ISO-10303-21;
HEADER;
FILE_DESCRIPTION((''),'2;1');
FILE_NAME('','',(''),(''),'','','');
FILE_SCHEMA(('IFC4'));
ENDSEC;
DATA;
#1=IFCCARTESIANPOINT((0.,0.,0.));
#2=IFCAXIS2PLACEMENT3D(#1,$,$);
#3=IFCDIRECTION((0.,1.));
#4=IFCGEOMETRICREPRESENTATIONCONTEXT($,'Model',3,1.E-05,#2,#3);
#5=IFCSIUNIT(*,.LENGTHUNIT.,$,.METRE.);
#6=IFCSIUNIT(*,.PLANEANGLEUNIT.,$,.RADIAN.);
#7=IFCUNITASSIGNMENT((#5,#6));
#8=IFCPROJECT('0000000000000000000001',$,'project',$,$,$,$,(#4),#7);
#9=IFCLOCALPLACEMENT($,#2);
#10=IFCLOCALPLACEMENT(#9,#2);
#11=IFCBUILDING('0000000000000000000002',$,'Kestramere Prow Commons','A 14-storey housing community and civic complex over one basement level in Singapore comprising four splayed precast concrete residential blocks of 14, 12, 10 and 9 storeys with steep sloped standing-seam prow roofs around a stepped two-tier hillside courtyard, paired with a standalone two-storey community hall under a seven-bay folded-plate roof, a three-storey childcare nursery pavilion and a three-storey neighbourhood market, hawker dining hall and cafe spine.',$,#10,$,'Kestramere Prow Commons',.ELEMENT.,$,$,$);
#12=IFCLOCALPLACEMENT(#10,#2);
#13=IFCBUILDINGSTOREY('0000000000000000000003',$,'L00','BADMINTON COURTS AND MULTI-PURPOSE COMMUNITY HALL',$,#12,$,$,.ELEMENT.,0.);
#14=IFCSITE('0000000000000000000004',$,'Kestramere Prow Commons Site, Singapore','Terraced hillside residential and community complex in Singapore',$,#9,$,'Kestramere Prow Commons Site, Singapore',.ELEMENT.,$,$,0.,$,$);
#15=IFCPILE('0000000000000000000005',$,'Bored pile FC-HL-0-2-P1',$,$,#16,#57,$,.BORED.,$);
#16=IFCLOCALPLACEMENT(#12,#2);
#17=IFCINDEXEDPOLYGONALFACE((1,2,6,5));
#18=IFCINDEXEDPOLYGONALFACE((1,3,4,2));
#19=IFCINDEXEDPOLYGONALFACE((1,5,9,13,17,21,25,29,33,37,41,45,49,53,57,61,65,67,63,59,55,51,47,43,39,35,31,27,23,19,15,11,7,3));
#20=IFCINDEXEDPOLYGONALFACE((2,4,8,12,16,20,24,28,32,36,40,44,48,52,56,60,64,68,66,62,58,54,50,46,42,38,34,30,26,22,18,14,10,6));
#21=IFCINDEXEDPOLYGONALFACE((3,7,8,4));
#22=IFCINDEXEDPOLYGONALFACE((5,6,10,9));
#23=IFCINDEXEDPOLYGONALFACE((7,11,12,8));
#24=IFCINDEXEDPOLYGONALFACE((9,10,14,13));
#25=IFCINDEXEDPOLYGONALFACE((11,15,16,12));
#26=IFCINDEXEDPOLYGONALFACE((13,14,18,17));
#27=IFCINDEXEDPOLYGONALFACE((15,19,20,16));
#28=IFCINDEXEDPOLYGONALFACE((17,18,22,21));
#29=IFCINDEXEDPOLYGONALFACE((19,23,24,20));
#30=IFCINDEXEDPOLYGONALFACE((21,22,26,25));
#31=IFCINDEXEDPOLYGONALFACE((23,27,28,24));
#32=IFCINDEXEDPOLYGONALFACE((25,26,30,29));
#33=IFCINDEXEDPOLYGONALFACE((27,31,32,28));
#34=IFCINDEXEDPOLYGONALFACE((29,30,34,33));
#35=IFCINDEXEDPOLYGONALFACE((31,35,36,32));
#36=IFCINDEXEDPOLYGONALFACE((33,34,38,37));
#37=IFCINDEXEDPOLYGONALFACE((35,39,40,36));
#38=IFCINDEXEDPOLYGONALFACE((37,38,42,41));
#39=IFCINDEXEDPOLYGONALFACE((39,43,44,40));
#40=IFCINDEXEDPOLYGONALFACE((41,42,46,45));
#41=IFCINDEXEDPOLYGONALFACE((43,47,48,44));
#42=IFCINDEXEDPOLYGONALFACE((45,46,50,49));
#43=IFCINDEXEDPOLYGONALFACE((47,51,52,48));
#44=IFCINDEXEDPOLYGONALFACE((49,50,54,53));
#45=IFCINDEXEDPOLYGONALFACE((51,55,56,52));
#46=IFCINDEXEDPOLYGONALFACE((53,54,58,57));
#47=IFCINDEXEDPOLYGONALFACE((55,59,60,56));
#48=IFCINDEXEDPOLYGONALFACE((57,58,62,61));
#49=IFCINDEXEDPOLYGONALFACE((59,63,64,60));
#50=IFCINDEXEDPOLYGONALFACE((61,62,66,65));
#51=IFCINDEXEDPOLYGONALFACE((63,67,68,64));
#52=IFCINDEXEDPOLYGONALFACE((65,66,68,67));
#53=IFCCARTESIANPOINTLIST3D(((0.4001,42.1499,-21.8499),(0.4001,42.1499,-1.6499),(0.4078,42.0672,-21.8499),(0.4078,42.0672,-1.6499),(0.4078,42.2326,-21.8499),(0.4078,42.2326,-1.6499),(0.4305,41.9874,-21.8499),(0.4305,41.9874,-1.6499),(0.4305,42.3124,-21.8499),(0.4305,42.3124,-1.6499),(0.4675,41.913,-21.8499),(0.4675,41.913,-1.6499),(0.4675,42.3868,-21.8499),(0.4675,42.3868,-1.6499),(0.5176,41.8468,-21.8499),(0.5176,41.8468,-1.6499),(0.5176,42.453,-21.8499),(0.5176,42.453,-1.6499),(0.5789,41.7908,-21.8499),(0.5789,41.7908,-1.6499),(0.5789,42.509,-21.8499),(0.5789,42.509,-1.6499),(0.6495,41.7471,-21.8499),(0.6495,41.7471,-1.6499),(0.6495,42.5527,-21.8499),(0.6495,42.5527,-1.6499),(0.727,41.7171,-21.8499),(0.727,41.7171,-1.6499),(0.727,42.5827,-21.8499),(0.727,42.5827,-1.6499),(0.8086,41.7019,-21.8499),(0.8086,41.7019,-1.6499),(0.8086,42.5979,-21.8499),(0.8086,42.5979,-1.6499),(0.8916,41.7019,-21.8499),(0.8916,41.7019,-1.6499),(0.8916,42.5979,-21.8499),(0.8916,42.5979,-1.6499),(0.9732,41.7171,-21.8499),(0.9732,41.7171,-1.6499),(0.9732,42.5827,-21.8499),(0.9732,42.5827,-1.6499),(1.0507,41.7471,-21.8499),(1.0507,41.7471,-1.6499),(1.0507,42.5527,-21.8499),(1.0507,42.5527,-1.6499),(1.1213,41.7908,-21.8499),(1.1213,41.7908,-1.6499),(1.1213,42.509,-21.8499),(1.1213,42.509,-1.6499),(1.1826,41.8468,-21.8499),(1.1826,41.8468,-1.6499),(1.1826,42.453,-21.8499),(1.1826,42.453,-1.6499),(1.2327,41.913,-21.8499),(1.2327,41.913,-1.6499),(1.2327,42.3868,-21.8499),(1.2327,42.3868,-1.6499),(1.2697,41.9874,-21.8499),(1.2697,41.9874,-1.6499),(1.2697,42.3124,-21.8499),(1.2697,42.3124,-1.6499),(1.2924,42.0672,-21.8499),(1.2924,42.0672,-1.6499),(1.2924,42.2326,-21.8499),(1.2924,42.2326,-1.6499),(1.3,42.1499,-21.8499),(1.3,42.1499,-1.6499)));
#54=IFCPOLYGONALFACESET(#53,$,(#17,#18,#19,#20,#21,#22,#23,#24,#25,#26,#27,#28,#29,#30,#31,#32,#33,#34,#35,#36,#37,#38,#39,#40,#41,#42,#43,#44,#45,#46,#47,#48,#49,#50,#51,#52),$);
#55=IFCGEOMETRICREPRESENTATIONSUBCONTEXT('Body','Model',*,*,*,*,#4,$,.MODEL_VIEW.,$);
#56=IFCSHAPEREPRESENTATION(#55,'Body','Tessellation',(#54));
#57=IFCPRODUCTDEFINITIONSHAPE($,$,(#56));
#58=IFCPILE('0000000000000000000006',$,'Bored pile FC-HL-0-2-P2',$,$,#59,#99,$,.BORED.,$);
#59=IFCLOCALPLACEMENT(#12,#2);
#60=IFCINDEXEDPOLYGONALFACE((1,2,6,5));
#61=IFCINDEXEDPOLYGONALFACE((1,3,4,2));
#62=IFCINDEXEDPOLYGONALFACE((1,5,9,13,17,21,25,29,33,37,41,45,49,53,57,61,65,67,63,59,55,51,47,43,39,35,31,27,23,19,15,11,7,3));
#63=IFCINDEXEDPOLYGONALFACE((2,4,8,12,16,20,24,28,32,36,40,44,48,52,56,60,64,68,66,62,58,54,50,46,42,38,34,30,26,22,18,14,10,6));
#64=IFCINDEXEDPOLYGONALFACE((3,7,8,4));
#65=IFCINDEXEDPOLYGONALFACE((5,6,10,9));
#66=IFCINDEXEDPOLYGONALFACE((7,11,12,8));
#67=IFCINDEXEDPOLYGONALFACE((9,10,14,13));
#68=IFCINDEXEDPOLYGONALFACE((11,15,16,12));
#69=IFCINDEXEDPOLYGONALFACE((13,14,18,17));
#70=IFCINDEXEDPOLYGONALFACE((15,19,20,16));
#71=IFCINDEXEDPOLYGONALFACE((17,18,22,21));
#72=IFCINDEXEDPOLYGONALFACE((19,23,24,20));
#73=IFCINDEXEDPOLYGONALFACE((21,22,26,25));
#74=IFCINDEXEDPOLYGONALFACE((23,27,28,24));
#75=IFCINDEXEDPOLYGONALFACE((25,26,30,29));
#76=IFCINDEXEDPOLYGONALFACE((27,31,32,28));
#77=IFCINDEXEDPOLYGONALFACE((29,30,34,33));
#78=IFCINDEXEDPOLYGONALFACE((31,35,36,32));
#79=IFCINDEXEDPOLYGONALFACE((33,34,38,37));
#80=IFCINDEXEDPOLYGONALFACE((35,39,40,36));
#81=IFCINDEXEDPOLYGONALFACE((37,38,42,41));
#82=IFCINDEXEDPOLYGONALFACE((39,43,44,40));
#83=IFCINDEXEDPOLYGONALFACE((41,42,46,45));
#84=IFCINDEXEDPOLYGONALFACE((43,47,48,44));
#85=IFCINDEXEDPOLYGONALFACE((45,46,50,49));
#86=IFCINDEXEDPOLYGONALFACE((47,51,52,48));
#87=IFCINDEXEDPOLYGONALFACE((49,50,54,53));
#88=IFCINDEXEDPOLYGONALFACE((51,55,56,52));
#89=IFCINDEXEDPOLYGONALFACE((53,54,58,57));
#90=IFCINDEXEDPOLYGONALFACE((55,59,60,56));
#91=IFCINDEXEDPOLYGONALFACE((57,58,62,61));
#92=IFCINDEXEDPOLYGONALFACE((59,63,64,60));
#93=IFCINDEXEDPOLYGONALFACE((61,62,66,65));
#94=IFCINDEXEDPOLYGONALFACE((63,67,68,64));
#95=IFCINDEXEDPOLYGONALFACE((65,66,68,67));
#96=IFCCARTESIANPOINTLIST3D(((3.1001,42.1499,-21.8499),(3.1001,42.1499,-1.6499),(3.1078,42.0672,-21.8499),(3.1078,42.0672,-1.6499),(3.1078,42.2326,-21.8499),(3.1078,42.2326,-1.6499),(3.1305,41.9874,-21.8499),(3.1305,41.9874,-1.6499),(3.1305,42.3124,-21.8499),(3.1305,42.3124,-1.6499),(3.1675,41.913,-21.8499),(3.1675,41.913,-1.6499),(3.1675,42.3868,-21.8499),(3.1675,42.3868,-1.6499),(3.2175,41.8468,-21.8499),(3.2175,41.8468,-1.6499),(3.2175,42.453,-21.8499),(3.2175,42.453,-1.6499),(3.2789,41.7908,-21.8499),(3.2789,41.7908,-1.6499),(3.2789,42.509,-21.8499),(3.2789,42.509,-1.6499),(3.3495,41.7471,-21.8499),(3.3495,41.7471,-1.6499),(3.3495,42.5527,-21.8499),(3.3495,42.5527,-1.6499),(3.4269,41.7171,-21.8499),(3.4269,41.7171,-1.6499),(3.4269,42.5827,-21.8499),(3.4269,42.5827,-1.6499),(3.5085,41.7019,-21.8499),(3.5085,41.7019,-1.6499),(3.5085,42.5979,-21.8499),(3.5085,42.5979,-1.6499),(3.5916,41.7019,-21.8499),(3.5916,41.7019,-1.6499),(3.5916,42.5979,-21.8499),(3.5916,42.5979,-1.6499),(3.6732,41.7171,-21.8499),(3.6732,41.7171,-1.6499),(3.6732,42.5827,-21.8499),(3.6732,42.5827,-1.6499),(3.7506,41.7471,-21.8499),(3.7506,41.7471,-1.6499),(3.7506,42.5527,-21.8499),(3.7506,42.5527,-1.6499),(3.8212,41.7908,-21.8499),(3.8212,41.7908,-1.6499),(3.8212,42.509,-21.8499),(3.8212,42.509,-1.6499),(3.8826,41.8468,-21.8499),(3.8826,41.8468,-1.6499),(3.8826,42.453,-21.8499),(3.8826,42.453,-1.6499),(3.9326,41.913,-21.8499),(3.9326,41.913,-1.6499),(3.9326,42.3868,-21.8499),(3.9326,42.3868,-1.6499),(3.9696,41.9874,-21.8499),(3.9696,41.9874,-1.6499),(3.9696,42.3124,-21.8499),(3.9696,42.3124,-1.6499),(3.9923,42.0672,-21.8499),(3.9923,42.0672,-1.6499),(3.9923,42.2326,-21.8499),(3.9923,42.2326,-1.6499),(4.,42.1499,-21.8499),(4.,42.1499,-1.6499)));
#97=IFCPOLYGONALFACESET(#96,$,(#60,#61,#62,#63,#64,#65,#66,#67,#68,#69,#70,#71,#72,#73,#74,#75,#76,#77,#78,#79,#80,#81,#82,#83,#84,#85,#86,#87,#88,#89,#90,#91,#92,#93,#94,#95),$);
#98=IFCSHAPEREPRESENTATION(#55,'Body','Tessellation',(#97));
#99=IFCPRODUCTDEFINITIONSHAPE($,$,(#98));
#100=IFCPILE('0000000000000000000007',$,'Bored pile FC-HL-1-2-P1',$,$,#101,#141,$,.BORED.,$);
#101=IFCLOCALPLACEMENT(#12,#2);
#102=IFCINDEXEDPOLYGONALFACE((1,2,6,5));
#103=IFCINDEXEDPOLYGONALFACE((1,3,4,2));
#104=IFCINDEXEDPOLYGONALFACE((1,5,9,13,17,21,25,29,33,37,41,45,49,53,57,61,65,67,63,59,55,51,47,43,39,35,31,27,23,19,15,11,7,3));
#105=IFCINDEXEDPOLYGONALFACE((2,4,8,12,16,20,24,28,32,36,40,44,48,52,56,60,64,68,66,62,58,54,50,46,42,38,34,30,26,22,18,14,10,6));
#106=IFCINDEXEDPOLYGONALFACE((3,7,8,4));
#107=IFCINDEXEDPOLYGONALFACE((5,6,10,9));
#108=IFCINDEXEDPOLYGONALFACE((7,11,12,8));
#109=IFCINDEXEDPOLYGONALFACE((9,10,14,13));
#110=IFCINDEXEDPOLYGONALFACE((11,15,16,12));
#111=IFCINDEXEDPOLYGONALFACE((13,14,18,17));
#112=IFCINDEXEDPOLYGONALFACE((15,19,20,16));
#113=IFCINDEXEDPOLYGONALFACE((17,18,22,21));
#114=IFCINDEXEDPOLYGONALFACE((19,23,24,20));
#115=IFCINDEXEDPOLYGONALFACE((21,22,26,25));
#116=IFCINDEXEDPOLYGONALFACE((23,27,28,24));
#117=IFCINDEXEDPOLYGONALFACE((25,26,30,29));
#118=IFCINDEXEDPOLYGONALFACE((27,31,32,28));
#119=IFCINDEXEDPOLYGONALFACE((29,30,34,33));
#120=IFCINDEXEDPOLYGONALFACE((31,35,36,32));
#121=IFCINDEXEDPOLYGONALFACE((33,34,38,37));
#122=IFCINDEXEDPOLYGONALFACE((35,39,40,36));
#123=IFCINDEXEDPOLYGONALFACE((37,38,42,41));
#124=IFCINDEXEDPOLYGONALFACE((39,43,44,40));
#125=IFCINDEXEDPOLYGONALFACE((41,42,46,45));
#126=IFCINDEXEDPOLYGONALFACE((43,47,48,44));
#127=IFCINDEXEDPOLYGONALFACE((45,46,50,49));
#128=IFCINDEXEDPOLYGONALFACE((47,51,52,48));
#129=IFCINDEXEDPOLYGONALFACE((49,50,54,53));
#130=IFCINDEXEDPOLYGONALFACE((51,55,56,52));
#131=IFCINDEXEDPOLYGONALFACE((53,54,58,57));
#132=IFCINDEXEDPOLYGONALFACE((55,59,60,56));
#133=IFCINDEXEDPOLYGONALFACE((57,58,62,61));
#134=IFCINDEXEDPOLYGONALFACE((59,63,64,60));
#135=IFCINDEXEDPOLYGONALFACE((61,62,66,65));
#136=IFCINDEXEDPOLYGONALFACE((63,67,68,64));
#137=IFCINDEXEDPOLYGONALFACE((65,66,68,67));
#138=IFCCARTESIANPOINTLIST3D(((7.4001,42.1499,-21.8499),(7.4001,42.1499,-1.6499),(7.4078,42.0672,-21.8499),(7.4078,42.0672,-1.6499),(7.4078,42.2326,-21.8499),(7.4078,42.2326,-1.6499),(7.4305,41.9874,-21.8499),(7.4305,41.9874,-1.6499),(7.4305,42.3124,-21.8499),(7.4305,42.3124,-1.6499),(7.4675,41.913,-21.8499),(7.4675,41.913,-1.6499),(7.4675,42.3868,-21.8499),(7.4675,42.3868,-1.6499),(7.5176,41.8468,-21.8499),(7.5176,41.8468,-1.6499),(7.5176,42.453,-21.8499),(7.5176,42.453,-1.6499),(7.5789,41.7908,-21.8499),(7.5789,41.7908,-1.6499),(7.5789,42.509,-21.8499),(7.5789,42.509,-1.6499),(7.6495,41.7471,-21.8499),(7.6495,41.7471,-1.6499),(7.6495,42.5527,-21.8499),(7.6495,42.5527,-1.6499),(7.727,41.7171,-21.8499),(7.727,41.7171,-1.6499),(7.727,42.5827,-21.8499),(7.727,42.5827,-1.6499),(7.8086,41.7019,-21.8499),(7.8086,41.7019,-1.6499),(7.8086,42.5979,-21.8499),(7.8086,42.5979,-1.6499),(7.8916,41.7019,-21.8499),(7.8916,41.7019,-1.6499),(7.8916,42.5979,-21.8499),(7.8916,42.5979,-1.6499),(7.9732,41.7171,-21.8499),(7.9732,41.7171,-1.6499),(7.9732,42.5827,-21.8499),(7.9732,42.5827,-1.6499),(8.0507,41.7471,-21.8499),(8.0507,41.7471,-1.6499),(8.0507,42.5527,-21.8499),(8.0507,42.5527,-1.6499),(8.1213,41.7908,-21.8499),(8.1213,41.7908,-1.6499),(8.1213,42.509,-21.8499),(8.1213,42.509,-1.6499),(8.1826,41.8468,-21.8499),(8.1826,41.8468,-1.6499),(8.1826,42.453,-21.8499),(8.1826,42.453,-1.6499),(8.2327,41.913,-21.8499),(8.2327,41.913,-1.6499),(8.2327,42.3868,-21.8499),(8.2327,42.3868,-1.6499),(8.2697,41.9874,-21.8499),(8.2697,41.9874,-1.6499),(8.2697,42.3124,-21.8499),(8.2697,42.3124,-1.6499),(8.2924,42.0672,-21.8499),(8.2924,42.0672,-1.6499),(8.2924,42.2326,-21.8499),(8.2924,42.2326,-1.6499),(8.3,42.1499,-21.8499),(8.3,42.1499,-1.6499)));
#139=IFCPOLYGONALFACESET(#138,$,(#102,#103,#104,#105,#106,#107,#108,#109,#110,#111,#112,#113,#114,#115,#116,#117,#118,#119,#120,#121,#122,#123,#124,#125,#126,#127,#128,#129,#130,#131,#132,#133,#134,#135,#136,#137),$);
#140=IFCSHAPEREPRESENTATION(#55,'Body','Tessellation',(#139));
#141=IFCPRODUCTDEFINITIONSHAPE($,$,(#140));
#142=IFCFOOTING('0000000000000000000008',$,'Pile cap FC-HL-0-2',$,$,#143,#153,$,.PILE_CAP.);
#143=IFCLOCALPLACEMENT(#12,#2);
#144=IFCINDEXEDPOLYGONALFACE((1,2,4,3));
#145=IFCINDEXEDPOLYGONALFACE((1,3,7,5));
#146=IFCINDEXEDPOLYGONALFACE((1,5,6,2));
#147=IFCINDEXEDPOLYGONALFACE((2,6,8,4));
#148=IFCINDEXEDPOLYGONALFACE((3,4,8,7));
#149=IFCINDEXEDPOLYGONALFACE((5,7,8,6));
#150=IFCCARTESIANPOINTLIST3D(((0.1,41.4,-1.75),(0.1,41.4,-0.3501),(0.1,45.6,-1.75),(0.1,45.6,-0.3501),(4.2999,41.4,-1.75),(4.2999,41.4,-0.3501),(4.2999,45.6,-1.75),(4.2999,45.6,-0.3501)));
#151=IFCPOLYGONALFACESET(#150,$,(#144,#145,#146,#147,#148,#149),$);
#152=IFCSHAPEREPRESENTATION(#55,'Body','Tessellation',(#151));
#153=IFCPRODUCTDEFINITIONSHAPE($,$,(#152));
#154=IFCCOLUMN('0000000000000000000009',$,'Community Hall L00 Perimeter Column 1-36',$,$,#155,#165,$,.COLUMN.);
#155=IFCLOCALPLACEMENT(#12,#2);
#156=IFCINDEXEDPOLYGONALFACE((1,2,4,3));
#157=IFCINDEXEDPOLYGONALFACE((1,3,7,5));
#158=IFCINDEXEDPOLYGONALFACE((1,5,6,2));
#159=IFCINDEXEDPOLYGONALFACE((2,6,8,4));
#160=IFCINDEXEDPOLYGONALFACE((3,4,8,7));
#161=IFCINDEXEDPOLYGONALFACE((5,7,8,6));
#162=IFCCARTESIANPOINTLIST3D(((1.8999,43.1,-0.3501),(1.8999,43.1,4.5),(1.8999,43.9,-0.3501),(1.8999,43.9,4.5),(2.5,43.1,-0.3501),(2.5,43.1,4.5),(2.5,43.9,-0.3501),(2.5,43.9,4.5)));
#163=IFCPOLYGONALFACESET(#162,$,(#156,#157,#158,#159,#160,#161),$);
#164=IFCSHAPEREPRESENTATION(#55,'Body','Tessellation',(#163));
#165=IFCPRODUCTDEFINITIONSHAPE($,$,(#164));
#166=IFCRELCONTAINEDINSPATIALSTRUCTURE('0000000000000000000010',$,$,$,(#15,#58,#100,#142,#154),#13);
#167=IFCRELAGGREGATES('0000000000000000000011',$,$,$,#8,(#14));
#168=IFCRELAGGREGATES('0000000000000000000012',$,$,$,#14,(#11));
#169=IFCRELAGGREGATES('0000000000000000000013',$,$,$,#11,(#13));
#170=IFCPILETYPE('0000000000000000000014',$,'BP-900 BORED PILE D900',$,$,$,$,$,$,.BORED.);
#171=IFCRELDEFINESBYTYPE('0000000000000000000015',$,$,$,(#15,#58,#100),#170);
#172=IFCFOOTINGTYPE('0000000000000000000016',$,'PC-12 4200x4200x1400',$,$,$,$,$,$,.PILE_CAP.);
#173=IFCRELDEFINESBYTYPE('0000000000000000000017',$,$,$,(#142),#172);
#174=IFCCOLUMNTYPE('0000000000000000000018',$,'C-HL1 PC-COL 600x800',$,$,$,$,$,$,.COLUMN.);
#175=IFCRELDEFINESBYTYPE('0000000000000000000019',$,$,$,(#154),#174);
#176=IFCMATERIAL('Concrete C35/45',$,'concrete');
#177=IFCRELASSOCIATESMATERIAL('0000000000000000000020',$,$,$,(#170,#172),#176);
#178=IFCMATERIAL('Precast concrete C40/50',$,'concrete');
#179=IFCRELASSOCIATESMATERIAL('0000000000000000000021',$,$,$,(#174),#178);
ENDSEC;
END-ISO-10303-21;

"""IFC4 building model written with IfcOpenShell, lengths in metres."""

from ifc_helpers import new_model, si_unit, direction, frame, origin, origin_2d, place, context, subcontext, project, spatial, rectangle, circle, extrude, material, material_profile, profile_set, type_object, element, save


model = new_model("IFC4")

# Units and contexts
model_context = context("Model", 3, precision=1e-05, world=origin(), true_north=direction((0.0, 1.0)))
body_context = subcontext(model_context, "Body", "Model", "MODEL_VIEW")
ifc_project = project(units=[si_unit("LENGTHUNIT", "METRE"), si_unit("PLANEANGLEUNIT", "RADIAN")], contexts=[model_context])

# Site, building, storey
site_placement = place(None, origin())
site = spatial("IfcSite", under=ifc_project, at=site_placement, Name="Kestramere Prow Commons Site, Singapore", Description="Terraced hillside residential and community complex in Singapore", LongName="Kestramere Prow Commons Site, Singapore", CompositionType="ELEMENT", RefElevation=0.0)
building_placement = place(site_placement, origin())
building = spatial("IfcBuilding", under=site, at=building_placement, Name="Kestramere Prow Commons", Description="A 14-storey housing community and civic complex over one basement level in Singapore comprising four splayed precast concrete residential blocks of 14, 12, 10 and 9 storeys with steep sloped standing-seam prow roofs around a stepped two-tier hillside courtyard, paired with a standalone two-storey community hall under a seven-bay folded-plate roof, a three-storey childcare nursery pavilion and a three-storey neighbourhood market, hawker dining hall and cafe spine.", LongName="Kestramere Prow Commons", CompositionType="ELEMENT")
storey_placement = place(building_placement, origin())
storey = spatial("IfcBuildingStorey", under=building, at=storey_placement, Name="L00", Description="BADMINTON COURTS AND MULTI-PURPOSE COMMUNITY HALL", CompositionType="ELEMENT", Elevation=0.0)

# Piles
ifc_material_1 = material(Name="Concrete C35/45", Category="concrete")
ifc_material_profile_1 = material_profile(ifc_material_1, circle(Radius=0.45, at=origin_2d()), Name="BORED PILE D900")
ifc_profile_set_1 = profile_set([ifc_material_profile_1], Name="Concrete C35/45")
pile_type = type_object("IfcPileType", Name="BP-900 BORED PILE D900", PredefinedType="BORED", material=ifc_profile_set_1)
for number, where, z_axis, x_axis, name in (
    (1, (0.8501, 42.1499, -1.6499), (0.0, 0.0, -1.0), (1.0, 0.0, 0.0), "Bored pile FC-HL-0-2-P1"),
    (2, (3.55, 42.1499, -1.6499), (0.0, 0.0, -1.0), (1.0, 0.0, 0.0), "Bored pile FC-HL-0-2-P2"),
    (3, (7.8501, 42.1499, -1.6499), (0.0, 0.0, -1.0), (1.0, 0.0, 0.0), "Bored pile FC-HL-1-2-P1"),
):
    element("IfcPile", number, at=place(storey_placement, frame(where, z_axis=z_axis, x_axis=x_axis)), inside=storey, type_object=pile_type, Name=name, PredefinedType="BORED", context=body_context, shape_type="SweptSolid", body=[
        extrude(circle(Radius=0.45, at=origin_2d()), origin(), (0.0, 0.0, 1.0), 20.2),
    ])

# Footing
footing_type = type_object("IfcFootingType", Name="PC-12 4200x4200x1400", PredefinedType="PILE_CAP", material=ifc_material_1)
footing_placement = place(storey_placement, frame((2.2, 43.5, -1.75), z_axis=(0.0, 0.0, 1.0), x_axis=(1.0, 0.0, 0.0)))
element("IfcFooting", 4, at=footing_placement, inside=storey, type_object=footing_type, Name="Pile cap FC-HL-0-2", PredefinedType="PILE_CAP", context=body_context, shape_type="SweptSolid", body=[
    extrude(rectangle(XDim=4.2, YDim=4.2, at=origin_2d()), origin(), (0.0, 0.0, 1.0), 1.3999),
])

# Column
ifc_material_2 = material(Name="Precast concrete C40/50", Category="concrete")
ifc_material_profile_2 = material_profile(ifc_material_2, rectangle(XDim=0.6001, YDim=0.8, at=origin_2d()), Name="PC-COL 600x800")
ifc_profile_set_2 = profile_set([ifc_material_profile_2], Name="Precast concrete C40/50")
column_type = type_object("IfcColumnType", Name="C-HL1 PC-COL 600x800", PredefinedType="COLUMN", material=ifc_profile_set_2)
column_placement = place(storey_placement, frame((2.2, 43.5, -0.3501), z_axis=(0.0, 0.0, 1.0), x_axis=(1.0, 0.0, 0.0)))
element("IfcColumn", 5, at=column_placement, inside=storey, type_object=column_type, Name="Community Hall L00 Perimeter Column 1-36", PredefinedType="COLUMN", context=body_context, shape_type="SweptSolid", body=[
    extrude(rectangle(XDim=0.6001, YDim=0.8, at=origin_2d()), origin(), (0.0, 0.0, 1.0), 4.8501),
])

save(model, "model.ifc")
